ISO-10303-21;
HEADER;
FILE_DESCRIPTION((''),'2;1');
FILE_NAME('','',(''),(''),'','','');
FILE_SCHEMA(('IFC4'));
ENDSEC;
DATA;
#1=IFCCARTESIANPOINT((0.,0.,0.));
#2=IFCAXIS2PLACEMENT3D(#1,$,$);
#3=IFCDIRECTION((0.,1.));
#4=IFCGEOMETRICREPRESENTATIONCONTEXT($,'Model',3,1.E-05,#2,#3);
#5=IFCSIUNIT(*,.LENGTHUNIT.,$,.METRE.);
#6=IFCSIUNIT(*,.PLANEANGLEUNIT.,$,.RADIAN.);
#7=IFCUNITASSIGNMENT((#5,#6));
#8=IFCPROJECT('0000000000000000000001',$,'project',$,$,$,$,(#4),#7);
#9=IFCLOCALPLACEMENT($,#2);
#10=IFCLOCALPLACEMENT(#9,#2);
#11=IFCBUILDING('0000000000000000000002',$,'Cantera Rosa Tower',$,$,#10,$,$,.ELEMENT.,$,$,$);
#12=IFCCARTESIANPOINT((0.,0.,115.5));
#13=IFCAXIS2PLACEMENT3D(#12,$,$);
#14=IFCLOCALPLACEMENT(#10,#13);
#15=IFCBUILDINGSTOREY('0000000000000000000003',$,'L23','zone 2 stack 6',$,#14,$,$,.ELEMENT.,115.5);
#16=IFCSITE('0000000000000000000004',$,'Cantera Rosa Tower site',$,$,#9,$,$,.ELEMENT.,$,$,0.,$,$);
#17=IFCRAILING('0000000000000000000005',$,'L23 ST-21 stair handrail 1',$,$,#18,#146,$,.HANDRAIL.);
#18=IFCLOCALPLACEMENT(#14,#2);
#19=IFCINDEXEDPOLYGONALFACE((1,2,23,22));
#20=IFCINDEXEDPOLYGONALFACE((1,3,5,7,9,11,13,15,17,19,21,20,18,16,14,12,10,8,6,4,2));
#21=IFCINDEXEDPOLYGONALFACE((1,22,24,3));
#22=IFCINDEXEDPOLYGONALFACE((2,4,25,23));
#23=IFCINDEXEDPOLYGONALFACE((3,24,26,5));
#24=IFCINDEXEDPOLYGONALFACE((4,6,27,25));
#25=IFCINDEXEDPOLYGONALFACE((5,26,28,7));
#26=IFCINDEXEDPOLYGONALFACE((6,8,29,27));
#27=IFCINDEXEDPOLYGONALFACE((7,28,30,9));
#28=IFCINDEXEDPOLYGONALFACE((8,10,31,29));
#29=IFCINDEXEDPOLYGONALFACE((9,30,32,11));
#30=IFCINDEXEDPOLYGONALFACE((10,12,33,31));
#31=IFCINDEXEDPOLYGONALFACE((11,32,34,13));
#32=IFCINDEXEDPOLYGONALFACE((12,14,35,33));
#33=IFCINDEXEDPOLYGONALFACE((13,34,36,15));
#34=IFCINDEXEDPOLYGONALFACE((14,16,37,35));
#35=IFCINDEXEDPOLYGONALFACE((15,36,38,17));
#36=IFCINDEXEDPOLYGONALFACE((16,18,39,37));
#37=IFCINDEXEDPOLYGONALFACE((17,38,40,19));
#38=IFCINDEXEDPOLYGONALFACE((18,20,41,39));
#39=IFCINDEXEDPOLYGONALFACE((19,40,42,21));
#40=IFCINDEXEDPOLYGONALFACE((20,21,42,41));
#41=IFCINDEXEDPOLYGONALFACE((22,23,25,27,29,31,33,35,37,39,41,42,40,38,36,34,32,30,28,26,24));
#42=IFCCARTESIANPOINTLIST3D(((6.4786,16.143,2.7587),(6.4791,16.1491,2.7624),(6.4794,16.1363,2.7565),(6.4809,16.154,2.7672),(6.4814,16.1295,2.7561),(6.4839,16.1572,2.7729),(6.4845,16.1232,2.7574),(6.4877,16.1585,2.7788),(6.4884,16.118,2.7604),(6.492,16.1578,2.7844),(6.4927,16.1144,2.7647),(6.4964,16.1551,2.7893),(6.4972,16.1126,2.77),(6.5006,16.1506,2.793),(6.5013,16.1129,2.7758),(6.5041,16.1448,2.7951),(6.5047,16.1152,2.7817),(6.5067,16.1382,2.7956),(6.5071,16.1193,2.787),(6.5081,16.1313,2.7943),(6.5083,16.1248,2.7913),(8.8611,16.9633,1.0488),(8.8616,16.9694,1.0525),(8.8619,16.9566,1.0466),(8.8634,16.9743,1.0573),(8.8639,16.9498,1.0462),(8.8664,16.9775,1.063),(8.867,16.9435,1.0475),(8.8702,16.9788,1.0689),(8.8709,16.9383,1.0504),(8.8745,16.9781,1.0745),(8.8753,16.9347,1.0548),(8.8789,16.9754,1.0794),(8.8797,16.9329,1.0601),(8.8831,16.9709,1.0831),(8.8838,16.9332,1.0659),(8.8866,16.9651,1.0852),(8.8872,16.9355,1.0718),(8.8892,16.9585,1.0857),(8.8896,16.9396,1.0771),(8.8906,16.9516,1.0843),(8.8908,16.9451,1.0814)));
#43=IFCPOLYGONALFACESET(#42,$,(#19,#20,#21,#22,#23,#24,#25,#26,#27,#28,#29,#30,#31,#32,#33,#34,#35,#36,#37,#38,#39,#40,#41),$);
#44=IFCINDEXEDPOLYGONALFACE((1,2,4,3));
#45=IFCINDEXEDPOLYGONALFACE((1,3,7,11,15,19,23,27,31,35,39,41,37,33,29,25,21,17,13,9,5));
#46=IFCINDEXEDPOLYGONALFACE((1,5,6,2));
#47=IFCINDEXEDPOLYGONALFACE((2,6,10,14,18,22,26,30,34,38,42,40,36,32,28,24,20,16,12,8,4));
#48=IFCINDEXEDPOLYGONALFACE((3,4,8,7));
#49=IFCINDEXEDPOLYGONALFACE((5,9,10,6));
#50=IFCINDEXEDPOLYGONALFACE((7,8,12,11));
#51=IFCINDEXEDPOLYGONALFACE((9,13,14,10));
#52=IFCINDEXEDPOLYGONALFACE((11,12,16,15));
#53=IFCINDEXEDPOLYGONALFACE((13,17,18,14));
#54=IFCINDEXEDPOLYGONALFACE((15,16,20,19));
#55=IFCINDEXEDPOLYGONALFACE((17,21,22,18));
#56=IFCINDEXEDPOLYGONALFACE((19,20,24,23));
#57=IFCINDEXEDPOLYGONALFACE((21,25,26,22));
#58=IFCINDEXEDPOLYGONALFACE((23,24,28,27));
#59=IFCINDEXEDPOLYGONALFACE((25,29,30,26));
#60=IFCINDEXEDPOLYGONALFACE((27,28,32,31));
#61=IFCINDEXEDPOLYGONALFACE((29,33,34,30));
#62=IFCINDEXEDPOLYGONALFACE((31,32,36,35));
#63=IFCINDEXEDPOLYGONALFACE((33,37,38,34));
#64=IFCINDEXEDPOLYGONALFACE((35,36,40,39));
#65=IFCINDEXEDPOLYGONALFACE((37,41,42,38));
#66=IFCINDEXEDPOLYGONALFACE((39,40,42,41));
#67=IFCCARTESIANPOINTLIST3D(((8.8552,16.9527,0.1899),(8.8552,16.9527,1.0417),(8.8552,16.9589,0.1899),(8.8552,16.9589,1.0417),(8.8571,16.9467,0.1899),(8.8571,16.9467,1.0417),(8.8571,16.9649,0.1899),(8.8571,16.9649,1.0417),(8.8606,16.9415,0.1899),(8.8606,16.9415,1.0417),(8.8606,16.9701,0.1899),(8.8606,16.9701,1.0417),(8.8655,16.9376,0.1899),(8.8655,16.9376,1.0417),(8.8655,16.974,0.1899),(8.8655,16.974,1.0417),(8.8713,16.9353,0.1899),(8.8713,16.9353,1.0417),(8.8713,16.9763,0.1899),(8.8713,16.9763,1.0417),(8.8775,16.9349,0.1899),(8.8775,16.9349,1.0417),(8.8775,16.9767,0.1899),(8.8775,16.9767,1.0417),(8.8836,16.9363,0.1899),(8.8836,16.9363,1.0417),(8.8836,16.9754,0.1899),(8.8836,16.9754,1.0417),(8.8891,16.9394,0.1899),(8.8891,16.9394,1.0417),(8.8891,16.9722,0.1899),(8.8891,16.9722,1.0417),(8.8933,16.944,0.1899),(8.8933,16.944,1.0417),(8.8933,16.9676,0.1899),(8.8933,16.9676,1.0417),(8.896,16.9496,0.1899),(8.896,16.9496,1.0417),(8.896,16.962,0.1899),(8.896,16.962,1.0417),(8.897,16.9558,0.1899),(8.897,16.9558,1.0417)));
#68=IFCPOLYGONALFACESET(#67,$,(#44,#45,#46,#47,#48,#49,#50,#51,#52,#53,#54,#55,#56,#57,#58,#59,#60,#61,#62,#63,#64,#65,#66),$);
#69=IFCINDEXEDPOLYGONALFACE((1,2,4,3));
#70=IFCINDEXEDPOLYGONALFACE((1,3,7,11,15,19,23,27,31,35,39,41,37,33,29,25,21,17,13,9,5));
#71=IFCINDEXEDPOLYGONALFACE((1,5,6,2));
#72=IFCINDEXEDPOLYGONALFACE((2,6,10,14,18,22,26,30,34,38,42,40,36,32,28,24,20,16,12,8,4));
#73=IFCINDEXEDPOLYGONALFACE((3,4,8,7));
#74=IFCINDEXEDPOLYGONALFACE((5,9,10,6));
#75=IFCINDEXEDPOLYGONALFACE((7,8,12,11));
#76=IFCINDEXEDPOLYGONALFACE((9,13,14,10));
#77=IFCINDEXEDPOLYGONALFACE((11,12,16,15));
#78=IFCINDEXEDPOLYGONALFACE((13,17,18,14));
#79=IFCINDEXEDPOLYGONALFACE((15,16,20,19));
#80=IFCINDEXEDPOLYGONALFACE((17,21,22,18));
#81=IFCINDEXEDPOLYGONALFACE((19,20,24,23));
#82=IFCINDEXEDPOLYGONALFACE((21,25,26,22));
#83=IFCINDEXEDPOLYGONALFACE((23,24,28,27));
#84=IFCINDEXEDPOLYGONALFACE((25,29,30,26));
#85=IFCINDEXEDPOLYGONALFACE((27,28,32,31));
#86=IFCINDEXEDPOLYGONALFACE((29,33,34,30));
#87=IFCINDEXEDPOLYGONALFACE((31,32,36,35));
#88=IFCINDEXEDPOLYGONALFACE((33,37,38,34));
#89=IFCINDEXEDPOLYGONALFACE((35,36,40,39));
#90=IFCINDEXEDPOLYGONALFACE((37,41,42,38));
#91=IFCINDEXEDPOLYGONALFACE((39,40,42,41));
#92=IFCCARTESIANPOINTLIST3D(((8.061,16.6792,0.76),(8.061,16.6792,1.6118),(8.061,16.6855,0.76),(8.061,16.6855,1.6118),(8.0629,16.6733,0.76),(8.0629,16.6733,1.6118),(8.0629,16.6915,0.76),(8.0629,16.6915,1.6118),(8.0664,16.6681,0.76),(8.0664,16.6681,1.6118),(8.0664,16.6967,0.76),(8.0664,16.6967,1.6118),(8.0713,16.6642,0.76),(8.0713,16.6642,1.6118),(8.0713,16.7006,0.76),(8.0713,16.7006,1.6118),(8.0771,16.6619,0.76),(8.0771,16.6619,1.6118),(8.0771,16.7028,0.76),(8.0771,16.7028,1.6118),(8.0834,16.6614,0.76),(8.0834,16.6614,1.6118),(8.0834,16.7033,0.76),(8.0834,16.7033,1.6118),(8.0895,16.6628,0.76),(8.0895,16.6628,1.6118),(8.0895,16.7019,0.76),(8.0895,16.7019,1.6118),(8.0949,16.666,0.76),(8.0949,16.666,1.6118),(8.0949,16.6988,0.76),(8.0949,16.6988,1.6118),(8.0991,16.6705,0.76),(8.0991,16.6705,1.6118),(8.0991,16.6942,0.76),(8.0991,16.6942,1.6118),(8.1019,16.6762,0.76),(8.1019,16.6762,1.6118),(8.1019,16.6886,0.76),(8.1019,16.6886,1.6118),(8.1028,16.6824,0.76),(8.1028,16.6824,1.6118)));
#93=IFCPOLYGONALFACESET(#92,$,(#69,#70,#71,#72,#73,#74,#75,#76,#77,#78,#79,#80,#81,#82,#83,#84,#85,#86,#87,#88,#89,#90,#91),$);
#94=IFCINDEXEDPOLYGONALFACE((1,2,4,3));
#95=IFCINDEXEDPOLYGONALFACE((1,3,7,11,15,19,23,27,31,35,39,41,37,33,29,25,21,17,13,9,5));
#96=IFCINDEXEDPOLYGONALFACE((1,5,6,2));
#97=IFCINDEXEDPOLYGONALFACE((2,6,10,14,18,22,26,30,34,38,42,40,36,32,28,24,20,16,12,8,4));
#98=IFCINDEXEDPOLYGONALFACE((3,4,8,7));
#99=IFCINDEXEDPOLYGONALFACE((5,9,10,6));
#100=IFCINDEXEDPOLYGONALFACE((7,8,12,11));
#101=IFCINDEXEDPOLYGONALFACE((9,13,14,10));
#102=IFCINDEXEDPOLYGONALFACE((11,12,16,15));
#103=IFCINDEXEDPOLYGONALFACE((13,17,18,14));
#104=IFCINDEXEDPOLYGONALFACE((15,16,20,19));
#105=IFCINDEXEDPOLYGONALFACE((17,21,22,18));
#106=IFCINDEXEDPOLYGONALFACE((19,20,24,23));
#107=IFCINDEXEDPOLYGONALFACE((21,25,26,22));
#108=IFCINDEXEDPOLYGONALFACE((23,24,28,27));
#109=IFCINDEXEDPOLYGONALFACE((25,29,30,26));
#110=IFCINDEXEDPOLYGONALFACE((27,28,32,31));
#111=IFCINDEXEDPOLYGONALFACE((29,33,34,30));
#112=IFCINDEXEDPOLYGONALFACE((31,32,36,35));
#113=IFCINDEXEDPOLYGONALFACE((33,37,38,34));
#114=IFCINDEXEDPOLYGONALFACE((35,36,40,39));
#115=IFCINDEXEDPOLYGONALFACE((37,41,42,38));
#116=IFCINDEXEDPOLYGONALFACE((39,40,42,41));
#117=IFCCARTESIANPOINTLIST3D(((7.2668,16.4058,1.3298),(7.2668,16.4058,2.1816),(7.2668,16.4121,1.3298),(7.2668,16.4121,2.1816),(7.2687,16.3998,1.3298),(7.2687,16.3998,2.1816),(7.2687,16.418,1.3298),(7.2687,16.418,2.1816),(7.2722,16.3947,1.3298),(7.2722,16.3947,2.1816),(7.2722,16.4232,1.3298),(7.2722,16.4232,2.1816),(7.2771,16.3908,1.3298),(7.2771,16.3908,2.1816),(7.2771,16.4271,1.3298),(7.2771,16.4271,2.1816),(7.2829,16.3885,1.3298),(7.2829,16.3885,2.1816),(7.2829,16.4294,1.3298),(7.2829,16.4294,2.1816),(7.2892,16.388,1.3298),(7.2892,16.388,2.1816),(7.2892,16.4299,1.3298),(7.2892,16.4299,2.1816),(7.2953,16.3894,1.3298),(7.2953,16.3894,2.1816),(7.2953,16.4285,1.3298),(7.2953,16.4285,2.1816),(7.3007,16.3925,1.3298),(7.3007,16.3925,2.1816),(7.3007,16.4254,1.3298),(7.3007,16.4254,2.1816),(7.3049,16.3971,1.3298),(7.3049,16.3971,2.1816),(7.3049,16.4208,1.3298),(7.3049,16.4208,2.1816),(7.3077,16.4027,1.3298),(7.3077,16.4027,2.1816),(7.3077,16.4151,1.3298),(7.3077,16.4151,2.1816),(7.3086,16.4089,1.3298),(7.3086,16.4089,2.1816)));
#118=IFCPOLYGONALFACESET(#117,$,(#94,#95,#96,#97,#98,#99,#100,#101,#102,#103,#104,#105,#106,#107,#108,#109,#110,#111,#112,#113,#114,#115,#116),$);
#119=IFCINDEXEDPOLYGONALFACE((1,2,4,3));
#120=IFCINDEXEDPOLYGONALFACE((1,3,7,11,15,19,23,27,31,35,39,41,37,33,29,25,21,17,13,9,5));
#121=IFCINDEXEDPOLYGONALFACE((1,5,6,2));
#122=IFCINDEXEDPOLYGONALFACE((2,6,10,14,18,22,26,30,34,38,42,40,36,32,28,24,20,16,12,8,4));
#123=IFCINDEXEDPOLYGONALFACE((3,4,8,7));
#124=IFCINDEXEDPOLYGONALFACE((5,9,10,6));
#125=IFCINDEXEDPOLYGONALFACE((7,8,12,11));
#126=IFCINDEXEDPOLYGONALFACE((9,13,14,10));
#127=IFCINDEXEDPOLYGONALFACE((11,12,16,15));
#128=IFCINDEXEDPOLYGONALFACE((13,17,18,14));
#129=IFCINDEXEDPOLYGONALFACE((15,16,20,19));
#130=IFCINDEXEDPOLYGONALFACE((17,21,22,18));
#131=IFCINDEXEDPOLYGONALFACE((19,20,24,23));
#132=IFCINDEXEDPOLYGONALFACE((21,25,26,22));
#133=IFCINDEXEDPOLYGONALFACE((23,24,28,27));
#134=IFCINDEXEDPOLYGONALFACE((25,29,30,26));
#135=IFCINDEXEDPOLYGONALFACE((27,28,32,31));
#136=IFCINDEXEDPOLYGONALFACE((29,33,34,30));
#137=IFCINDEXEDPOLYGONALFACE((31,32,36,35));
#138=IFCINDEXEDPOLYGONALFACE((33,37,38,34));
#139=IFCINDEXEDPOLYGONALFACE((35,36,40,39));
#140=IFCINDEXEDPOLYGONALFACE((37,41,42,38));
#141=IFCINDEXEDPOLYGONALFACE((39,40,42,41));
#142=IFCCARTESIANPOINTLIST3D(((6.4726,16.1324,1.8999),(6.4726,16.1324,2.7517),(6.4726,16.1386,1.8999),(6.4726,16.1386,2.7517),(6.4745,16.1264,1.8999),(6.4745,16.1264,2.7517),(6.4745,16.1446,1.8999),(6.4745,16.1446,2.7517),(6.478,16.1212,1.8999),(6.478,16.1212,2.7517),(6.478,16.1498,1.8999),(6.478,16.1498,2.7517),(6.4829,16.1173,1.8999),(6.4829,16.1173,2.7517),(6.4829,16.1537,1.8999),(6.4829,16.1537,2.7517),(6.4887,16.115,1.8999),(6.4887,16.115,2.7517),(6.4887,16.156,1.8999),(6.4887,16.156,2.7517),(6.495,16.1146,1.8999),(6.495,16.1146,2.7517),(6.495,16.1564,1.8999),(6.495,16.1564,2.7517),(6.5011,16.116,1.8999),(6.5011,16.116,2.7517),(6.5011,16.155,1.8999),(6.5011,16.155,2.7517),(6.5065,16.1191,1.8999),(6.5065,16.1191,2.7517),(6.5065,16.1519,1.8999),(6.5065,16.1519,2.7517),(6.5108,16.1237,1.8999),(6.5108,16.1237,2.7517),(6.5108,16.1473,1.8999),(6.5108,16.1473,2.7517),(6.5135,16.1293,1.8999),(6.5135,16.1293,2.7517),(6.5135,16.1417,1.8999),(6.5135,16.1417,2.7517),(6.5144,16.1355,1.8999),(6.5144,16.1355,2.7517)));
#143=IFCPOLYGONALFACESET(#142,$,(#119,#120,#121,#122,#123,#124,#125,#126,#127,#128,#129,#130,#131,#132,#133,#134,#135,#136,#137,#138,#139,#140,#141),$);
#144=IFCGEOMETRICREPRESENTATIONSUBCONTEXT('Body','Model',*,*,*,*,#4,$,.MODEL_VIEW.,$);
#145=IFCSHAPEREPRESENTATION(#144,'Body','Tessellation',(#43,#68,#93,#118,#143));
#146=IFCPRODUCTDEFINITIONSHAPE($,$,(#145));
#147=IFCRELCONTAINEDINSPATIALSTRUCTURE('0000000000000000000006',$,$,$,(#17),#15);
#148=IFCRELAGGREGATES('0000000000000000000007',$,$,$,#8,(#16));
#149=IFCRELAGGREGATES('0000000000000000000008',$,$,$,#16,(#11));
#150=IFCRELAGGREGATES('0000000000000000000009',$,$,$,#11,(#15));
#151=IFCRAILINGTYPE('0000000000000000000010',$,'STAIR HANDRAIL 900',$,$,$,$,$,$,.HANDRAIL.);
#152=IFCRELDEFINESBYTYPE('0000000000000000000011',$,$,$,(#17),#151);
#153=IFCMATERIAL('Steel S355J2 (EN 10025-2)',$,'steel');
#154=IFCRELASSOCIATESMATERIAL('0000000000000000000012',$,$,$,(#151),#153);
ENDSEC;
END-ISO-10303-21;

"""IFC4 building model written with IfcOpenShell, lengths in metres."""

from ifc_helpers import new_model, si_unit, direction, frame, origin, origin_2d, place, context, subcontext, project, spatial, circle, extrude, material, type_object, element, save


model = new_model("IFC4")

# Units and contexts
model_context = context("Model", 3, precision=1e-05, world=origin(), true_north=direction((0.0, 1.0)))
body_context = subcontext(model_context, "Body", "Model", "MODEL_VIEW")
ifc_project = project(units=[si_unit("LENGTHUNIT", "METRE"), si_unit("PLANEANGLEUNIT", "RADIAN")], contexts=[model_context])

# Site, building, storey
site_placement = place(None, origin())
site = spatial("IfcSite", under=ifc_project, at=site_placement, Name="Cantera Rosa Tower site", CompositionType="ELEMENT", RefElevation=0.0)
building_placement = place(site_placement, origin())
building = spatial("IfcBuilding", under=site, at=building_placement, Name="Cantera Rosa Tower", CompositionType="ELEMENT")
storey_placement = place(building_placement, frame((0.0, 0.0, 115.5)))
storey = spatial("IfcBuildingStorey", under=building, at=storey_placement, Name="L23", Description="zone 2 stack 6", CompositionType="ELEMENT", Elevation=115.5)

# Railing
ifc_material_1 = material(Name="Steel S355J2 (EN 10025-2)", Category="steel")
railing_type_1 = type_object("IfcRailingType", Name="STAIR HANDRAIL 900", PredefinedType="HANDRAIL", material=ifc_material_1)
railing_1_placement = place(storey_placement, frame((8.876, 16.9558, 0.1899)))
element("IfcRailing", 1, at=railing_1_placement, inside=storey, type_object=railing_type_1, Name="L23 ST-21 stair handrail 1", PredefinedType="HANDRAIL", context=body_context, shape_type="SweptSolid", body=[
    extrude(circle(Radius=0.0239, at=origin_2d()), frame((0.0, 0.0, 0.876), z_axis=(-0.78239, -0.269375, 0.561519), x_axis=(0.325543, -0.945527, 0.0)), (0.0, 0.0, 1.0), 3.0452),
    extrude(circle(Radius=0.021, at=origin_2d()), origin(), (0.0, 0.0, 1.0), 0.8518),
    extrude(circle(Radius=0.021, at=origin_2d()), frame((-0.7942, -0.2734, 0.5701)), (0.0, 0.0, 1.0), 0.8518),
    extrude(circle(Radius=0.021, at=origin_2d()), frame((-1.5884, -0.5469, 1.1399)), (0.0, 0.0, 1.0), 0.8518),
    extrude(circle(Radius=0.021, at=origin_2d()), frame((-2.3826, -0.8203, 1.71)), (0.0, 0.0, 1.0), 0.8518),
])

save(model, "model.ifc")
